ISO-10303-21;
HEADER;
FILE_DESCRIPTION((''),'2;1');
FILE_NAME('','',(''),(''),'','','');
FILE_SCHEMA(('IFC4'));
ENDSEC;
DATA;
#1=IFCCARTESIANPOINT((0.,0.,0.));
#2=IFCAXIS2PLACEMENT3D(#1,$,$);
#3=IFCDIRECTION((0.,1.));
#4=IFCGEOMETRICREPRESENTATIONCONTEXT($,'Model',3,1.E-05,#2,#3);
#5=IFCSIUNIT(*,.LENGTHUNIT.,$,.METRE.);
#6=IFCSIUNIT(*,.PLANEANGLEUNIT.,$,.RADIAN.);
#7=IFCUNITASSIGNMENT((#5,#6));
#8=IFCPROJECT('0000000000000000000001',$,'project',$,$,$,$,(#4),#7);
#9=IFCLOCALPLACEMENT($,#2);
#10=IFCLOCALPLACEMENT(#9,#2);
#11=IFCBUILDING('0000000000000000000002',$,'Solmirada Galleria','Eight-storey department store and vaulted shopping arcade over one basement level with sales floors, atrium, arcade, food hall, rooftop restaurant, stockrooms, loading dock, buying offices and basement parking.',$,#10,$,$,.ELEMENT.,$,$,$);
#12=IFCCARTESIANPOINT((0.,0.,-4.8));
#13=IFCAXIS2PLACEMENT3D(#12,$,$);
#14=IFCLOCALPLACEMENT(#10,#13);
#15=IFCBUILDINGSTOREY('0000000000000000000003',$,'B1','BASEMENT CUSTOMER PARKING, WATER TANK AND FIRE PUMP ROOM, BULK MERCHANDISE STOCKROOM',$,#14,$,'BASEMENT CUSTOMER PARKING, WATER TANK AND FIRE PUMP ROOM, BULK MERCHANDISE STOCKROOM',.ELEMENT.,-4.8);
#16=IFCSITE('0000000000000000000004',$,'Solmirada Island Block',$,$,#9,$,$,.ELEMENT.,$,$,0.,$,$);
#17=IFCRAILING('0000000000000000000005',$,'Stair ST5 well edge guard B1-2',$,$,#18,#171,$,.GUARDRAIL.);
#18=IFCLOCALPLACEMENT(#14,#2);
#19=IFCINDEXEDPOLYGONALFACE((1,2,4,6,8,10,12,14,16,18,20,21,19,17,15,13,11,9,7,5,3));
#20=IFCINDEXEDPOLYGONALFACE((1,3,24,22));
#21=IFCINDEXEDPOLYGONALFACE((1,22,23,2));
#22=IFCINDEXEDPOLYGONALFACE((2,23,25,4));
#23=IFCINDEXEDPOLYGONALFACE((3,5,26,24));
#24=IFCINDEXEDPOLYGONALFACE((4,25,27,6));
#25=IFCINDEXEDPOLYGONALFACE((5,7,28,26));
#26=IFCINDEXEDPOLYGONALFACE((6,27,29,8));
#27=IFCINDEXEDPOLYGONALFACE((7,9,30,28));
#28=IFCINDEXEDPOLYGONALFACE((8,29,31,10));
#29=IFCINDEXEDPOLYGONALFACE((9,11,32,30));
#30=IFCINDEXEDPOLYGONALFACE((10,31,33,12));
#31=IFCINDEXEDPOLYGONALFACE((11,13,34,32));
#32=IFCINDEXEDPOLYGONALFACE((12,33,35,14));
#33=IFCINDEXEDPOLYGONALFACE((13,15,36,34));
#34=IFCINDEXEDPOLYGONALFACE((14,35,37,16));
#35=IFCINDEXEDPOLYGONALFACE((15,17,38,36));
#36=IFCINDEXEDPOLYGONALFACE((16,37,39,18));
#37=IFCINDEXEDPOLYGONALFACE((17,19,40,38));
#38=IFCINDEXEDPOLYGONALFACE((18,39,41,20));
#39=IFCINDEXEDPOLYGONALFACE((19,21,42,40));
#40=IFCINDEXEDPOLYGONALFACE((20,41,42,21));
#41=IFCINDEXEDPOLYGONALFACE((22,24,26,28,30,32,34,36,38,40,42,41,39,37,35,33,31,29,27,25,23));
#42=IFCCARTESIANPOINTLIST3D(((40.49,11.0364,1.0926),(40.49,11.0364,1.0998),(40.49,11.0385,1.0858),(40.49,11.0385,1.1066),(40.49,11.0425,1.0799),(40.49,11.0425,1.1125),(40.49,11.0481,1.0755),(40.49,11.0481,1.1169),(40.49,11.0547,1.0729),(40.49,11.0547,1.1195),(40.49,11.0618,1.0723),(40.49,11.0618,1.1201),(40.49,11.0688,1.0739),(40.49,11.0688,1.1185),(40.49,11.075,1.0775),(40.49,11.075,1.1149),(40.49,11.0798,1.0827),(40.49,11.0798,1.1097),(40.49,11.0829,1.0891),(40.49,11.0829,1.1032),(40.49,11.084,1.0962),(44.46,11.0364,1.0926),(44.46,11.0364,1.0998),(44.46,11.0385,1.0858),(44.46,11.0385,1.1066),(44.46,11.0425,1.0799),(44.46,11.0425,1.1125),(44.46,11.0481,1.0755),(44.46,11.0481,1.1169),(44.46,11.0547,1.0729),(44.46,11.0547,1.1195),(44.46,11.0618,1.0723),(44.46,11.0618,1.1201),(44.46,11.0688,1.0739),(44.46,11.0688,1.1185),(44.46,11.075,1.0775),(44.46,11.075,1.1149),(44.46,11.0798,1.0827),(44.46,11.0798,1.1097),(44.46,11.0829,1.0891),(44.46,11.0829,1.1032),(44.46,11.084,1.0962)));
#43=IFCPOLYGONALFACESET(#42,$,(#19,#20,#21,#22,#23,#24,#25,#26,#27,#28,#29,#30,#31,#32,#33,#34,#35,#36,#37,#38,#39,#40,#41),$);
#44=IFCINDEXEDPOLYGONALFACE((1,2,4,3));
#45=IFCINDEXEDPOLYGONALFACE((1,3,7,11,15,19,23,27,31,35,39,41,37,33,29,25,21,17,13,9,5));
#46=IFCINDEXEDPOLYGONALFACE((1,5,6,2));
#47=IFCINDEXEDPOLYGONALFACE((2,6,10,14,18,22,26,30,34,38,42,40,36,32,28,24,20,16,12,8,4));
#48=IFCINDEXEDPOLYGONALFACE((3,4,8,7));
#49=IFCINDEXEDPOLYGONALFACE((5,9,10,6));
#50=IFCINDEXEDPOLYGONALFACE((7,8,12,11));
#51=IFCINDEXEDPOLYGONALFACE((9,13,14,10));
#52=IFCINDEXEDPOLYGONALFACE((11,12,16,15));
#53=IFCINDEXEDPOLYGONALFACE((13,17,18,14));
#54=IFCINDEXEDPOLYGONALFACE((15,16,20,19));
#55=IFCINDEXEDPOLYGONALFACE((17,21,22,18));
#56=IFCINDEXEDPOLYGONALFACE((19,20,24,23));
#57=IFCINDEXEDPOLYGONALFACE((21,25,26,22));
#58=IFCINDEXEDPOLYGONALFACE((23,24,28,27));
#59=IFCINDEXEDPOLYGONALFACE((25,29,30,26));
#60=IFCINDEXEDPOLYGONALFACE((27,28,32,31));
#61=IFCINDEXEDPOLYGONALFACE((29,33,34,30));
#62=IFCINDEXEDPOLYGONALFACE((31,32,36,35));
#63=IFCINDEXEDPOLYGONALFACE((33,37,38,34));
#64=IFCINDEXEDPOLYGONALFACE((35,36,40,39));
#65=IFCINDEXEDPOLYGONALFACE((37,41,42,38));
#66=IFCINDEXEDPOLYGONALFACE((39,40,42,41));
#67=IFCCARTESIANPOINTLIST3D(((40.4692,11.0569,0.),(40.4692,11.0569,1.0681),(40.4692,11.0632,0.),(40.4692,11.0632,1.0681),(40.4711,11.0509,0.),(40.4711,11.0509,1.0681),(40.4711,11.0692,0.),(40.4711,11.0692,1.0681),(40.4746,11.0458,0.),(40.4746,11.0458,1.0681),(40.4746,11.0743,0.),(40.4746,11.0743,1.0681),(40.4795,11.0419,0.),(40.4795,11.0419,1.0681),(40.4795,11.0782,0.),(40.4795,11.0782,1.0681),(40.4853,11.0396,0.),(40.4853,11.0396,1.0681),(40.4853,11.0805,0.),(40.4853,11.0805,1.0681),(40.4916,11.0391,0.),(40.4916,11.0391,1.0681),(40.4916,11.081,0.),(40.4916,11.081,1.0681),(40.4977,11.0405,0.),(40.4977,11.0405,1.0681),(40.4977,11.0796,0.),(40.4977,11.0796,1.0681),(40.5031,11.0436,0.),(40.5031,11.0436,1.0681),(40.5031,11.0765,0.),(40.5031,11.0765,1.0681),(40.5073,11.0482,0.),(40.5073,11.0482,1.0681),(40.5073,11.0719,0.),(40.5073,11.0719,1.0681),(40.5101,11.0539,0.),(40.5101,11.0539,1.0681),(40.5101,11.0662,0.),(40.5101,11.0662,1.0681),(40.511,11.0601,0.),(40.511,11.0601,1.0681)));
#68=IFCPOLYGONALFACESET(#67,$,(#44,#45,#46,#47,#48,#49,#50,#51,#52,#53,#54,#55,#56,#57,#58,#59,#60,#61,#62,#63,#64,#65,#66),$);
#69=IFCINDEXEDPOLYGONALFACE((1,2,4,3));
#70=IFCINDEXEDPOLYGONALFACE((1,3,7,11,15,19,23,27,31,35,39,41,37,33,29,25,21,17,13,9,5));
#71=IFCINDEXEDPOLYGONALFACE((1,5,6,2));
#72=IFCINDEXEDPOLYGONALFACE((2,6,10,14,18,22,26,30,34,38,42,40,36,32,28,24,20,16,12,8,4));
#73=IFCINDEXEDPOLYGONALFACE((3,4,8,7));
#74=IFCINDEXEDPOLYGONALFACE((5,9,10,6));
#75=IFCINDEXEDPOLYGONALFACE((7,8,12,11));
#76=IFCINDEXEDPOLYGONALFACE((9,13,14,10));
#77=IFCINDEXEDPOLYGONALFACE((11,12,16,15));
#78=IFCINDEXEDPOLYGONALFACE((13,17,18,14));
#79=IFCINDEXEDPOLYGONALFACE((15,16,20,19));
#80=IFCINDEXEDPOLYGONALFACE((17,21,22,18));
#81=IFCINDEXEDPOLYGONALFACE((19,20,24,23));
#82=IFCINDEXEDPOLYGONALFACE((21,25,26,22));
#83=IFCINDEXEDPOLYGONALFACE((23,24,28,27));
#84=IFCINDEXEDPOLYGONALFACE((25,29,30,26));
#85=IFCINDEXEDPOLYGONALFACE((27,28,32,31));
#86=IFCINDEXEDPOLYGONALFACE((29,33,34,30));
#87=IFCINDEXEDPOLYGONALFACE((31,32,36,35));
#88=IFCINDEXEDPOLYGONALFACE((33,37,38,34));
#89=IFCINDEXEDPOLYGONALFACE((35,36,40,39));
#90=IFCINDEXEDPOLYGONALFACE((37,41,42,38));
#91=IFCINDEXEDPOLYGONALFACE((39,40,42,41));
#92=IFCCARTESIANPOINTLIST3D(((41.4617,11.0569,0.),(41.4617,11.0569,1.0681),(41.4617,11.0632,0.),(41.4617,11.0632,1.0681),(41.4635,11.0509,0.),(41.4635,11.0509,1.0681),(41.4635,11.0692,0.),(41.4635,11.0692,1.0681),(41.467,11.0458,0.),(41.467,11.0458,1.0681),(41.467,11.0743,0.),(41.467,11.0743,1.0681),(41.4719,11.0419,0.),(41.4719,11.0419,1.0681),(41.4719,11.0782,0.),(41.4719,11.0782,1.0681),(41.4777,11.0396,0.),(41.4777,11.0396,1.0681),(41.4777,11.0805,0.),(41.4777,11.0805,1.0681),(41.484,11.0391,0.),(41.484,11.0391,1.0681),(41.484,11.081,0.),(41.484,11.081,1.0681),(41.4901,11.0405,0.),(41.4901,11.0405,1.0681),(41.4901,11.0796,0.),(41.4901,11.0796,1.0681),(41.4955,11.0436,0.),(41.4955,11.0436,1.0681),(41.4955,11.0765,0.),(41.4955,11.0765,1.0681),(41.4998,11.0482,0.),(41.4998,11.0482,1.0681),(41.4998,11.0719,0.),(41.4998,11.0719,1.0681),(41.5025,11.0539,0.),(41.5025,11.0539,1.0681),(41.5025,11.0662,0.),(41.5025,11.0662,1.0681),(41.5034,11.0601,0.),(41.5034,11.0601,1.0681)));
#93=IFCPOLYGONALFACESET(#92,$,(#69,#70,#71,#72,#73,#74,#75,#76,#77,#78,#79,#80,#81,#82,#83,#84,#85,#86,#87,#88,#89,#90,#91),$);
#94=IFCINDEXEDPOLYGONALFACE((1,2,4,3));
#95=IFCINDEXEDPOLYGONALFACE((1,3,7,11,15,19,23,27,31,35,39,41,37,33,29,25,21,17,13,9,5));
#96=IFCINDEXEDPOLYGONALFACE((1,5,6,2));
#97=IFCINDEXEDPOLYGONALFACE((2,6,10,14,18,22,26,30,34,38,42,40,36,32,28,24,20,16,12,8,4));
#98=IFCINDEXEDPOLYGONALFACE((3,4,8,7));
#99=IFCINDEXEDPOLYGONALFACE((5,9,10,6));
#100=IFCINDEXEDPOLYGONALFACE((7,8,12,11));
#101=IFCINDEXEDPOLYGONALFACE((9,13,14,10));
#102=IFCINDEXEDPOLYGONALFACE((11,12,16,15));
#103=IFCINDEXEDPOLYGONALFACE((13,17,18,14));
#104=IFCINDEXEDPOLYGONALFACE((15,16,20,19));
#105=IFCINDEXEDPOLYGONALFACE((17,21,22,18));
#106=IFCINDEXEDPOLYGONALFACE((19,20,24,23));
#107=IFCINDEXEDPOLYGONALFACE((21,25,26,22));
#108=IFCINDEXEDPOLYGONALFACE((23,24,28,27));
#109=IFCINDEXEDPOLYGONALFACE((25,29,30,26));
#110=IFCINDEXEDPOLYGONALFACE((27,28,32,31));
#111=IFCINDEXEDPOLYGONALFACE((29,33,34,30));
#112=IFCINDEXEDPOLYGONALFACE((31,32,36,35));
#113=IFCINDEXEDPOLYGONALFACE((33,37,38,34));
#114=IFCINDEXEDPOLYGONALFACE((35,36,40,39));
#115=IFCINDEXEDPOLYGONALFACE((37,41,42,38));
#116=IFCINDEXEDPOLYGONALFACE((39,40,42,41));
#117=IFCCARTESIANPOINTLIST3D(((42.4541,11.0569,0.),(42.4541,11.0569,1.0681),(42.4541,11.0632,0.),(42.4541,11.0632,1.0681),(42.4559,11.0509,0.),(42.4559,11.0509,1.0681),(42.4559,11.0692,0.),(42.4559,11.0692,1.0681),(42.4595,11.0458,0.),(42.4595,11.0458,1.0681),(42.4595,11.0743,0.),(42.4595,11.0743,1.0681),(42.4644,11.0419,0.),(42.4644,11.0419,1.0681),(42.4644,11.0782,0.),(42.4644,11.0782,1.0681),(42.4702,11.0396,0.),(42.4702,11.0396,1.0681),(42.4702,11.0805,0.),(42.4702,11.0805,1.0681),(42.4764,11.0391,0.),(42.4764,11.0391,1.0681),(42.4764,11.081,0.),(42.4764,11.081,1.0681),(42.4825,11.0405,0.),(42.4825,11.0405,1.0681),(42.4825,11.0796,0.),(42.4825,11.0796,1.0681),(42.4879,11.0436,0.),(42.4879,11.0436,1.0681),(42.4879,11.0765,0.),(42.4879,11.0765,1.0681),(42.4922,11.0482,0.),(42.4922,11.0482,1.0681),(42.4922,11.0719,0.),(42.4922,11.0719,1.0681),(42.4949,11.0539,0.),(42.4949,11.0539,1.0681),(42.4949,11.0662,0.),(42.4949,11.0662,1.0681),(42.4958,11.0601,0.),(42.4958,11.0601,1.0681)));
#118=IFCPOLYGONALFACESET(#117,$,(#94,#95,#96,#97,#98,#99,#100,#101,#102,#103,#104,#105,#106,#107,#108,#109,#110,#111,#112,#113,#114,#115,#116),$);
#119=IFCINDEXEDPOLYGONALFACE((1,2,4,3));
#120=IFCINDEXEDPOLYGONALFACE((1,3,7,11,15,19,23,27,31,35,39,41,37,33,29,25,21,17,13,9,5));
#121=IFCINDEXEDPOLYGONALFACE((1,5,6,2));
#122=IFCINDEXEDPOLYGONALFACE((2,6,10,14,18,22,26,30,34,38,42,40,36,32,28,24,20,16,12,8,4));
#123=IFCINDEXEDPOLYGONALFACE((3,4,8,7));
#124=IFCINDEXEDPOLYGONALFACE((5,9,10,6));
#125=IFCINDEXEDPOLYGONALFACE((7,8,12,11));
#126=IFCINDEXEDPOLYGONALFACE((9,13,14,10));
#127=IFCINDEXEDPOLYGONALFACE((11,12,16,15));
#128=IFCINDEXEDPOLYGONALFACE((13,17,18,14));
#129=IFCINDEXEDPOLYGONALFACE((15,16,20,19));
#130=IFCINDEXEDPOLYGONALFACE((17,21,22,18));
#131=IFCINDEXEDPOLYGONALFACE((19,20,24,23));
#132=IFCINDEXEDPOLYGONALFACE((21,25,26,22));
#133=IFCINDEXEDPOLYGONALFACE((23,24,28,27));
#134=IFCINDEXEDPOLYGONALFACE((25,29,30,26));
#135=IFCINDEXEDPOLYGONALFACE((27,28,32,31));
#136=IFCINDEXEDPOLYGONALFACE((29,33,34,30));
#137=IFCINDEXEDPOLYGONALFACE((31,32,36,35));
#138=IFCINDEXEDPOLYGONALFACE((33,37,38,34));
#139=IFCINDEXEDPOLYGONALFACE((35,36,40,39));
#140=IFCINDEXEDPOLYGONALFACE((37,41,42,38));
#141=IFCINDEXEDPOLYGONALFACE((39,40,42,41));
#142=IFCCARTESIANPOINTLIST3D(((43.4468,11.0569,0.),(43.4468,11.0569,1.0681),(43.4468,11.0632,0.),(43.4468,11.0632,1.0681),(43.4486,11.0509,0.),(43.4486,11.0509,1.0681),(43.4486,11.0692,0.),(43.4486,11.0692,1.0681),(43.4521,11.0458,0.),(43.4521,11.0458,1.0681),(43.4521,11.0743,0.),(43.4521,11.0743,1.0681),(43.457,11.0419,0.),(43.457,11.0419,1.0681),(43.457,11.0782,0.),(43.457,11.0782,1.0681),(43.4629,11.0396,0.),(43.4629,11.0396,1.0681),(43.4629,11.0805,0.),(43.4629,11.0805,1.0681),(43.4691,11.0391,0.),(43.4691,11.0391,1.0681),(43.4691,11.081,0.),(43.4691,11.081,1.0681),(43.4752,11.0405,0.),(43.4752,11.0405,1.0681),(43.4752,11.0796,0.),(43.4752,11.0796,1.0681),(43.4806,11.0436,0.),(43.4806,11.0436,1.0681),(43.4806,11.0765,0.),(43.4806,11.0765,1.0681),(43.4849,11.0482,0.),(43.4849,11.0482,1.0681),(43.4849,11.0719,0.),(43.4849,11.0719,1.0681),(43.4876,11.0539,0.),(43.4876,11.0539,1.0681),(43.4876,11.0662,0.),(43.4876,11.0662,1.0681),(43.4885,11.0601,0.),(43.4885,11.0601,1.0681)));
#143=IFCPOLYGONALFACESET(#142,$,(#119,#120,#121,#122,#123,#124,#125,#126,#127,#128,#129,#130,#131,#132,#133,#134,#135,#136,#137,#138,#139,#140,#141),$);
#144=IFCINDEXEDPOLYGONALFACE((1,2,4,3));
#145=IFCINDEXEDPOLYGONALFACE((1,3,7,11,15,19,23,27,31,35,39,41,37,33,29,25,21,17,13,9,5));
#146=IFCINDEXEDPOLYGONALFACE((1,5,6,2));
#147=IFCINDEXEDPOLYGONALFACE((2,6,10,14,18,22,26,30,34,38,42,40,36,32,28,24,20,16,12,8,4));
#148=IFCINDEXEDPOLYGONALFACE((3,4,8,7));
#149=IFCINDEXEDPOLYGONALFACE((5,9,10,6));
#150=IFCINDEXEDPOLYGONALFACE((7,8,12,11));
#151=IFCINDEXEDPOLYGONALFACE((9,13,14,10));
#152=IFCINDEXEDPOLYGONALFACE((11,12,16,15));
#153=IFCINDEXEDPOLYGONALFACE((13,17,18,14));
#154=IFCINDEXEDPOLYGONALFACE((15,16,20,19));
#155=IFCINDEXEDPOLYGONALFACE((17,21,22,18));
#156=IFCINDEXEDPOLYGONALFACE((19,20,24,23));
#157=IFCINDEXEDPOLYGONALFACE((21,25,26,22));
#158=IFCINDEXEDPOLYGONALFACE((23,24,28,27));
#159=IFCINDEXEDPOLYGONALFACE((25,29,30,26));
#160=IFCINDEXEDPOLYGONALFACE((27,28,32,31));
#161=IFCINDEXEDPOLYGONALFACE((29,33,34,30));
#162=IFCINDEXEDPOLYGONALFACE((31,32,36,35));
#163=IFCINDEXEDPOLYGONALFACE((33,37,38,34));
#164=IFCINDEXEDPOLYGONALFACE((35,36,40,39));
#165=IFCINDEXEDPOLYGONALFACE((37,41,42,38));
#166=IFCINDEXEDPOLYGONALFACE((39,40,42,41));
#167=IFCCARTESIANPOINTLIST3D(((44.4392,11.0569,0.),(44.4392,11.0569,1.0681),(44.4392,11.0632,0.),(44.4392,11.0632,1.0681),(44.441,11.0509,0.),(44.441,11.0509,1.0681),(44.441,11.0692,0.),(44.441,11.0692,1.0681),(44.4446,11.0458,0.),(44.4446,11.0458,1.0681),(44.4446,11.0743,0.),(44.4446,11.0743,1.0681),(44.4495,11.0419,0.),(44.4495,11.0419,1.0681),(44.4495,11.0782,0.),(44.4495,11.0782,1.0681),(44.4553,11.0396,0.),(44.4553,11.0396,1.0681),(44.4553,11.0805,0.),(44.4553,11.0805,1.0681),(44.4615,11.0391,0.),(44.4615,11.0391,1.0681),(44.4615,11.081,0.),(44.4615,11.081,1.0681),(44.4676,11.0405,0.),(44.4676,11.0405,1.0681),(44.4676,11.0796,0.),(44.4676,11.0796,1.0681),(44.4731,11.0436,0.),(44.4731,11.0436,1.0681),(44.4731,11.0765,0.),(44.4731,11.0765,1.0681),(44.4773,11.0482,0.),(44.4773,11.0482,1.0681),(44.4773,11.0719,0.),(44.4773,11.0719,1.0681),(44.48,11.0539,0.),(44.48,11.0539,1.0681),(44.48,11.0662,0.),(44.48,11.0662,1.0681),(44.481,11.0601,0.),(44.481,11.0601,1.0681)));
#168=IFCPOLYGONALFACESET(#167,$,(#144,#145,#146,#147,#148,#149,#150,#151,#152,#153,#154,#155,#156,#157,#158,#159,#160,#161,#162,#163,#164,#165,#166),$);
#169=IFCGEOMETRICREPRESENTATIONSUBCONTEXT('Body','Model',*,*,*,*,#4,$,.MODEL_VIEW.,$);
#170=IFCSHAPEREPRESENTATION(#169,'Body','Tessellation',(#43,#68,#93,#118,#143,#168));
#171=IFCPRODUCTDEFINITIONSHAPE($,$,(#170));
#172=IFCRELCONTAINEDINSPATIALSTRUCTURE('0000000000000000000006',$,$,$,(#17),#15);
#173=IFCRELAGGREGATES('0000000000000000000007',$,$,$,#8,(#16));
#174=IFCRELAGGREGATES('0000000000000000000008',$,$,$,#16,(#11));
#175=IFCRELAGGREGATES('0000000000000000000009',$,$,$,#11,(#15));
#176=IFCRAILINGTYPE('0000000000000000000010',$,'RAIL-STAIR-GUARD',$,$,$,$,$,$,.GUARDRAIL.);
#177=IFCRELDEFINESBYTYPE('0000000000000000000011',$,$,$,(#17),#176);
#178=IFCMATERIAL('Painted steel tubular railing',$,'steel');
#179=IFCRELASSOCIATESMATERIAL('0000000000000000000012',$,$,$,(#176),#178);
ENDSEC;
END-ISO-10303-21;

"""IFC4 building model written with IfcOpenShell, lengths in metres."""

from ifc_helpers import new_model, si_unit, direction, frame, origin, origin_2d, place, context, subcontext, project, spatial, circle, extrude, material, type_object, element, save


model = new_model("IFC4")

# Units and contexts
model_context = context("Model", 3, precision=1e-05, world=origin(), true_north=direction((0.0, 1.0)))
body_context = subcontext(model_context, "Body", "Model", "MODEL_VIEW")
ifc_project = project(units=[si_unit("LENGTHUNIT", "METRE"), si_unit("PLANEANGLEUNIT", "RADIAN")], contexts=[model_context])

# Site, building, storey
site_placement = place(None, origin())
site = spatial("IfcSite", under=ifc_project, at=site_placement, Name="Solmirada Island Block", CompositionType="ELEMENT", RefElevation=0.0)
building_placement = place(site_placement, origin())
building = spatial("IfcBuilding", under=site, at=building_placement, Name="Solmirada Galleria", Description="Eight-storey department store and vaulted shopping arcade over one basement level with sales floors, atrium, arcade, food hall, rooftop restaurant, stockrooms, loading dock, buying offices and basement parking.", CompositionType="ELEMENT")
storey_placement = place(building_placement, frame((0.0, 0.0, -4.8)))
storey = spatial("IfcBuildingStorey", under=building, at=storey_placement, Name="B1", Description="BASEMENT CUSTOMER PARKING, WATER TANK AND FIRE PUMP ROOM, BULK MERCHANDISE STOCKROOM", LongName="BASEMENT CUSTOMER PARKING, WATER TANK AND FIRE PUMP ROOM, BULK MERCHANDISE STOCKROOM", CompositionType="ELEMENT", Elevation=-4.8)

# Railing
ifc_material_1 = material(Name="Painted steel tubular railing", Category="steel")
railing_type_1 = type_object("IfcRailingType", Name="RAIL-STAIR-GUARD", PredefinedType="GUARDRAIL", material=ifc_material_1)
railing_1_placement = place(storey_placement, frame((40.49, 11.0601, 0.0)))
element("IfcRailing", 1, at=railing_1_placement, inside=storey, type_object=railing_type_1, Name="Stair ST5 well edge guard B1-2", PredefinedType="GUARDRAIL", context=body_context, shape_type="SweptSolid", body=[
    extrude(circle(Radius=0.0239, at=origin_2d()), frame((0.0, 0.0, 1.0962), z_axis=(1.0, 0.0, 0.0), x_axis=(0.0, 1.0, 0.0)), (0.0, 0.0, 1.0), 3.97),
    extrude(circle(Radius=0.021, at=origin_2d()), origin(), (0.0, 0.0, 1.0), 1.0681),
    extrude(circle(Radius=0.021, at=origin_2d()), frame((0.9924, 0.0, 0.0)), (0.0, 0.0, 1.0), 1.0681),
    extrude(circle(Radius=0.021, at=origin_2d()), frame((1.9849, 0.0, 0.0)), (0.0, 0.0, 1.0), 1.0681),
    extrude(circle(Radius=0.021, at=origin_2d()), frame((2.9775, 0.0, 0.0)), (0.0, 0.0, 1.0), 1.0681),
    extrude(circle(Radius=0.021, at=origin_2d()), frame((3.97, 0.0, 0.0)), (0.0, 0.0, 1.0), 1.0681),
])

save(model, "model.ifc")
